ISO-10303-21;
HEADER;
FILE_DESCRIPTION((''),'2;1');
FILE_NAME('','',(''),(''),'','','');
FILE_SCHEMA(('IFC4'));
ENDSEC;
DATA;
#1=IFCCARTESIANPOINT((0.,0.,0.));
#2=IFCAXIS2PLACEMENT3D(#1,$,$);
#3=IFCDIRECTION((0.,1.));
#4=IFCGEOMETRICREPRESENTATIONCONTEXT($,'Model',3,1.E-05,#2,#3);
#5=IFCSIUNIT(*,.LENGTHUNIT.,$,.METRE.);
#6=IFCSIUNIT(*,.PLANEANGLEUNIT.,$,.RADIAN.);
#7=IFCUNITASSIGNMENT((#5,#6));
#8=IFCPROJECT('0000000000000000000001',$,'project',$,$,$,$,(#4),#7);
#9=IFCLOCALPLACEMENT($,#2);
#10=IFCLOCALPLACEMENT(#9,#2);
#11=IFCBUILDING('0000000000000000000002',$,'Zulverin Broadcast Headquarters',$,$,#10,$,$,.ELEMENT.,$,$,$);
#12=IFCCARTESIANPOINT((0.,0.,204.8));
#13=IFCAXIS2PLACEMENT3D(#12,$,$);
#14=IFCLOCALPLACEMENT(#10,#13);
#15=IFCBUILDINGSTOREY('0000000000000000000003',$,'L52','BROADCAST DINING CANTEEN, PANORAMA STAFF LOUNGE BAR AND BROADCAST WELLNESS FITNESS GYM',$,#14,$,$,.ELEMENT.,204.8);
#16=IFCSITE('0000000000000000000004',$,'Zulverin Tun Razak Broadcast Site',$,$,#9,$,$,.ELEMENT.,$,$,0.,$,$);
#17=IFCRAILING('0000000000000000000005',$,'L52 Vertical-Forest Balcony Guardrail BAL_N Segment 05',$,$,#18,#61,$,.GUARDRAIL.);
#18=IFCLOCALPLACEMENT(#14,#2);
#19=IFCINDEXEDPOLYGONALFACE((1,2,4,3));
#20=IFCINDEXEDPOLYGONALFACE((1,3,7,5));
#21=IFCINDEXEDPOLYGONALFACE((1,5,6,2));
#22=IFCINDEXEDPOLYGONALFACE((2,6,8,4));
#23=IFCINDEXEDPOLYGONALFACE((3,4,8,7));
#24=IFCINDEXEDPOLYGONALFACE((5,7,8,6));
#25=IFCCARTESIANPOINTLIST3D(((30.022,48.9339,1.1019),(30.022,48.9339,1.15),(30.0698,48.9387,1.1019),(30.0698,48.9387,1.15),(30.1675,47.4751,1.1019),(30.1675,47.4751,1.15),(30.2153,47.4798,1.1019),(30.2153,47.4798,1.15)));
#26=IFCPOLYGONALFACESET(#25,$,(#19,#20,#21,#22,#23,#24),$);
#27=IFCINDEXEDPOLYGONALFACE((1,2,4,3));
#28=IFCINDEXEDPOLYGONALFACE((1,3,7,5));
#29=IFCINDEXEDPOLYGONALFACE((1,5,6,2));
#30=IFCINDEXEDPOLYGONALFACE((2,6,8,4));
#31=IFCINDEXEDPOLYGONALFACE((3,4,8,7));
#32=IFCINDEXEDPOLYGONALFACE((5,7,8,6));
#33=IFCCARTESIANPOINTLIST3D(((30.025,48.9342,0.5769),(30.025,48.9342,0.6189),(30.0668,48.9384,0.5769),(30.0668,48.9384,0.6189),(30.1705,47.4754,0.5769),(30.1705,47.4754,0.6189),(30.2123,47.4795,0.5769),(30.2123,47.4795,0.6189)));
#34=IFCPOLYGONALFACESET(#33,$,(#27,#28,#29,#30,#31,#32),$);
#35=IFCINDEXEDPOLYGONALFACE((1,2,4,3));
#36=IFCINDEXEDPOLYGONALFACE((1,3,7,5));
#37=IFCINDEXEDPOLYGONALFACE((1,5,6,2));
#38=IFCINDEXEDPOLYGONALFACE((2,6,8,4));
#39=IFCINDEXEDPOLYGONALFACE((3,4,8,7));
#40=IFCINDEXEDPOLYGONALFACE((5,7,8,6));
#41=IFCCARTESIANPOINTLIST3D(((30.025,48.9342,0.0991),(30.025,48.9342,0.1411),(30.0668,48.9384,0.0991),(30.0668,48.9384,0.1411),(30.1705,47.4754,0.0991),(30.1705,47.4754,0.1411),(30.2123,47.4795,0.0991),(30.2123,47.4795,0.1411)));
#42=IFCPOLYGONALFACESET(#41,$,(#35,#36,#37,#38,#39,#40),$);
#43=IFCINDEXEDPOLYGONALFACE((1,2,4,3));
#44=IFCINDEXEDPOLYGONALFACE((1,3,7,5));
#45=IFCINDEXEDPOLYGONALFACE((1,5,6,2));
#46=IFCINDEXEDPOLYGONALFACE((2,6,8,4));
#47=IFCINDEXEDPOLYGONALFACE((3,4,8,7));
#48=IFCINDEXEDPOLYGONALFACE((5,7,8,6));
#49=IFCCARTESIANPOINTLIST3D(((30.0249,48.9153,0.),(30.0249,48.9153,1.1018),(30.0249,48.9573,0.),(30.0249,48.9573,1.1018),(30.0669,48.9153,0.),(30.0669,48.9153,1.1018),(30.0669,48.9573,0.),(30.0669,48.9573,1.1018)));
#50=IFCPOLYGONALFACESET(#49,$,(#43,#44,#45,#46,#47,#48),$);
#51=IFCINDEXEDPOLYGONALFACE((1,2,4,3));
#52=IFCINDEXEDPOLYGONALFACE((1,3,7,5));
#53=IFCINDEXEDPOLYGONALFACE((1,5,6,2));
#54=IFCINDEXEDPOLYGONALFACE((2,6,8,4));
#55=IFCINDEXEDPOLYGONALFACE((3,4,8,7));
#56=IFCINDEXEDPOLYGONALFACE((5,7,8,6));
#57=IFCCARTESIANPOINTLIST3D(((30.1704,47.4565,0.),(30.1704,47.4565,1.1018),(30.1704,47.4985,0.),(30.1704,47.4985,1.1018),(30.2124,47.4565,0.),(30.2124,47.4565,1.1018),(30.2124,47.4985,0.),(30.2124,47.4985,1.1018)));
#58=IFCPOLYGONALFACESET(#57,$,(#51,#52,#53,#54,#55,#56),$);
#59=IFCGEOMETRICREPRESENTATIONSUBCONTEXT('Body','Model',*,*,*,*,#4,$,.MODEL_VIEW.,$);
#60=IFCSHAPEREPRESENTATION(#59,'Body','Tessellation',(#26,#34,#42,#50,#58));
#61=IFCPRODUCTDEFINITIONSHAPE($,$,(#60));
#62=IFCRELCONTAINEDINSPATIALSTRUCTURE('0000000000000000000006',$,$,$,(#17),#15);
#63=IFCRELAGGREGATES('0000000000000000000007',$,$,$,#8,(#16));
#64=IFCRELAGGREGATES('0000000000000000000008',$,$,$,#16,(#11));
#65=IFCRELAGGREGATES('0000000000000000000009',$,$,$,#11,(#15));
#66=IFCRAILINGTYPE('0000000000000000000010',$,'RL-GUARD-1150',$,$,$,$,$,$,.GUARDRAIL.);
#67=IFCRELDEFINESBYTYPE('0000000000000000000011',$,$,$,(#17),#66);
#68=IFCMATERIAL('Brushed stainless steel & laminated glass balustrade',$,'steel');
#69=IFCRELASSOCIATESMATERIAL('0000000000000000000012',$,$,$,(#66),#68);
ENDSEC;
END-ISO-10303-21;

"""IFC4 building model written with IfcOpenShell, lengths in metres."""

from ifc_helpers import new_model, si_unit, direction, frame, origin, origin_2d, place, context, subcontext, project, spatial, rectangle, extrude, material, type_object, element, save


model = new_model("IFC4")

# Units and contexts
model_context = context("Model", 3, precision=1e-05, world=origin(), true_north=direction((0.0, 1.0)))
body_context = subcontext(model_context, "Body", "Model", "MODEL_VIEW")
ifc_project = project(units=[si_unit("LENGTHUNIT", "METRE"), si_unit("PLANEANGLEUNIT", "RADIAN")], contexts=[model_context])

# Site, building, storey
site_placement = place(None, origin())
site = spatial("IfcSite", under=ifc_project, at=site_placement, Name="Zulverin Tun Razak Broadcast Site", CompositionType="ELEMENT", RefElevation=0.0)
building_placement = place(site_placement, origin())
building = spatial("IfcBuilding", under=site, at=building_placement, Name="Zulverin Broadcast Headquarters", CompositionType="ELEMENT")
storey_placement = place(building_placement, frame((0.0, 0.0, 204.8)))
storey = spatial("IfcBuildingStorey", under=building, at=storey_placement, Name="L52", Description="BROADCAST DINING CANTEEN, PANORAMA STAFF LOUNGE BAR AND BROADCAST WELLNESS FITNESS GYM", CompositionType="ELEMENT", Elevation=204.8)

# Railing
ifc_material_1 = material(Name="Brushed stainless steel & laminated glass balustrade", Category="steel")
railing_type = type_object("IfcRailingType", Name="RL-GUARD-1150", PredefinedType="GUARDRAIL", material=ifc_material_1)
railing_1_placement = place(storey_placement, frame((30.0459, 48.9363, 0.0)))
element("IfcRailing", 1, at=railing_1_placement, inside=storey, type_object=railing_type, Name="L52 Vertical-Forest Balcony Guardrail BAL_N Segment 05", PredefinedType="GUARDRAIL", context=body_context, shape_type="SweptSolid", body=[
    extrude(rectangle(XDim=0.0481, YDim=0.0481, at=origin_2d()), frame((0.0, 0.0, 1.126), z_axis=(0.099256, -0.995062, 0.0), x_axis=(0.995062, 0.099256, 0.0)), (0.0, 0.0, 1.0), 1.4661),
    extrude(rectangle(XDim=0.042, YDim=0.042, at=origin_2d()), frame((0.0, 0.0, 0.5979), z_axis=(0.099256, -0.995062, 0.0), x_axis=(0.995062, 0.099256, 0.0)), (0.0, 0.0, 1.0), 1.4661),
    extrude(rectangle(XDim=0.042, YDim=0.042, at=origin_2d()), frame((0.0, 0.0, 0.1201), z_axis=(0.099256, -0.995062, 0.0), x_axis=(0.995062, 0.099256, 0.0)), (0.0, 0.0, 1.0), 1.4661),
    extrude(rectangle(XDim=0.042, YDim=0.042, at=origin_2d()), origin(), (0.0, 0.0, 1.0), 1.1018),
    extrude(rectangle(XDim=0.042, YDim=0.042, at=origin_2d()), frame((0.1455, -1.4587, 0.0)), (0.0, 0.0, 1.0), 1.1018),
])

save(model, "model.ifc")
